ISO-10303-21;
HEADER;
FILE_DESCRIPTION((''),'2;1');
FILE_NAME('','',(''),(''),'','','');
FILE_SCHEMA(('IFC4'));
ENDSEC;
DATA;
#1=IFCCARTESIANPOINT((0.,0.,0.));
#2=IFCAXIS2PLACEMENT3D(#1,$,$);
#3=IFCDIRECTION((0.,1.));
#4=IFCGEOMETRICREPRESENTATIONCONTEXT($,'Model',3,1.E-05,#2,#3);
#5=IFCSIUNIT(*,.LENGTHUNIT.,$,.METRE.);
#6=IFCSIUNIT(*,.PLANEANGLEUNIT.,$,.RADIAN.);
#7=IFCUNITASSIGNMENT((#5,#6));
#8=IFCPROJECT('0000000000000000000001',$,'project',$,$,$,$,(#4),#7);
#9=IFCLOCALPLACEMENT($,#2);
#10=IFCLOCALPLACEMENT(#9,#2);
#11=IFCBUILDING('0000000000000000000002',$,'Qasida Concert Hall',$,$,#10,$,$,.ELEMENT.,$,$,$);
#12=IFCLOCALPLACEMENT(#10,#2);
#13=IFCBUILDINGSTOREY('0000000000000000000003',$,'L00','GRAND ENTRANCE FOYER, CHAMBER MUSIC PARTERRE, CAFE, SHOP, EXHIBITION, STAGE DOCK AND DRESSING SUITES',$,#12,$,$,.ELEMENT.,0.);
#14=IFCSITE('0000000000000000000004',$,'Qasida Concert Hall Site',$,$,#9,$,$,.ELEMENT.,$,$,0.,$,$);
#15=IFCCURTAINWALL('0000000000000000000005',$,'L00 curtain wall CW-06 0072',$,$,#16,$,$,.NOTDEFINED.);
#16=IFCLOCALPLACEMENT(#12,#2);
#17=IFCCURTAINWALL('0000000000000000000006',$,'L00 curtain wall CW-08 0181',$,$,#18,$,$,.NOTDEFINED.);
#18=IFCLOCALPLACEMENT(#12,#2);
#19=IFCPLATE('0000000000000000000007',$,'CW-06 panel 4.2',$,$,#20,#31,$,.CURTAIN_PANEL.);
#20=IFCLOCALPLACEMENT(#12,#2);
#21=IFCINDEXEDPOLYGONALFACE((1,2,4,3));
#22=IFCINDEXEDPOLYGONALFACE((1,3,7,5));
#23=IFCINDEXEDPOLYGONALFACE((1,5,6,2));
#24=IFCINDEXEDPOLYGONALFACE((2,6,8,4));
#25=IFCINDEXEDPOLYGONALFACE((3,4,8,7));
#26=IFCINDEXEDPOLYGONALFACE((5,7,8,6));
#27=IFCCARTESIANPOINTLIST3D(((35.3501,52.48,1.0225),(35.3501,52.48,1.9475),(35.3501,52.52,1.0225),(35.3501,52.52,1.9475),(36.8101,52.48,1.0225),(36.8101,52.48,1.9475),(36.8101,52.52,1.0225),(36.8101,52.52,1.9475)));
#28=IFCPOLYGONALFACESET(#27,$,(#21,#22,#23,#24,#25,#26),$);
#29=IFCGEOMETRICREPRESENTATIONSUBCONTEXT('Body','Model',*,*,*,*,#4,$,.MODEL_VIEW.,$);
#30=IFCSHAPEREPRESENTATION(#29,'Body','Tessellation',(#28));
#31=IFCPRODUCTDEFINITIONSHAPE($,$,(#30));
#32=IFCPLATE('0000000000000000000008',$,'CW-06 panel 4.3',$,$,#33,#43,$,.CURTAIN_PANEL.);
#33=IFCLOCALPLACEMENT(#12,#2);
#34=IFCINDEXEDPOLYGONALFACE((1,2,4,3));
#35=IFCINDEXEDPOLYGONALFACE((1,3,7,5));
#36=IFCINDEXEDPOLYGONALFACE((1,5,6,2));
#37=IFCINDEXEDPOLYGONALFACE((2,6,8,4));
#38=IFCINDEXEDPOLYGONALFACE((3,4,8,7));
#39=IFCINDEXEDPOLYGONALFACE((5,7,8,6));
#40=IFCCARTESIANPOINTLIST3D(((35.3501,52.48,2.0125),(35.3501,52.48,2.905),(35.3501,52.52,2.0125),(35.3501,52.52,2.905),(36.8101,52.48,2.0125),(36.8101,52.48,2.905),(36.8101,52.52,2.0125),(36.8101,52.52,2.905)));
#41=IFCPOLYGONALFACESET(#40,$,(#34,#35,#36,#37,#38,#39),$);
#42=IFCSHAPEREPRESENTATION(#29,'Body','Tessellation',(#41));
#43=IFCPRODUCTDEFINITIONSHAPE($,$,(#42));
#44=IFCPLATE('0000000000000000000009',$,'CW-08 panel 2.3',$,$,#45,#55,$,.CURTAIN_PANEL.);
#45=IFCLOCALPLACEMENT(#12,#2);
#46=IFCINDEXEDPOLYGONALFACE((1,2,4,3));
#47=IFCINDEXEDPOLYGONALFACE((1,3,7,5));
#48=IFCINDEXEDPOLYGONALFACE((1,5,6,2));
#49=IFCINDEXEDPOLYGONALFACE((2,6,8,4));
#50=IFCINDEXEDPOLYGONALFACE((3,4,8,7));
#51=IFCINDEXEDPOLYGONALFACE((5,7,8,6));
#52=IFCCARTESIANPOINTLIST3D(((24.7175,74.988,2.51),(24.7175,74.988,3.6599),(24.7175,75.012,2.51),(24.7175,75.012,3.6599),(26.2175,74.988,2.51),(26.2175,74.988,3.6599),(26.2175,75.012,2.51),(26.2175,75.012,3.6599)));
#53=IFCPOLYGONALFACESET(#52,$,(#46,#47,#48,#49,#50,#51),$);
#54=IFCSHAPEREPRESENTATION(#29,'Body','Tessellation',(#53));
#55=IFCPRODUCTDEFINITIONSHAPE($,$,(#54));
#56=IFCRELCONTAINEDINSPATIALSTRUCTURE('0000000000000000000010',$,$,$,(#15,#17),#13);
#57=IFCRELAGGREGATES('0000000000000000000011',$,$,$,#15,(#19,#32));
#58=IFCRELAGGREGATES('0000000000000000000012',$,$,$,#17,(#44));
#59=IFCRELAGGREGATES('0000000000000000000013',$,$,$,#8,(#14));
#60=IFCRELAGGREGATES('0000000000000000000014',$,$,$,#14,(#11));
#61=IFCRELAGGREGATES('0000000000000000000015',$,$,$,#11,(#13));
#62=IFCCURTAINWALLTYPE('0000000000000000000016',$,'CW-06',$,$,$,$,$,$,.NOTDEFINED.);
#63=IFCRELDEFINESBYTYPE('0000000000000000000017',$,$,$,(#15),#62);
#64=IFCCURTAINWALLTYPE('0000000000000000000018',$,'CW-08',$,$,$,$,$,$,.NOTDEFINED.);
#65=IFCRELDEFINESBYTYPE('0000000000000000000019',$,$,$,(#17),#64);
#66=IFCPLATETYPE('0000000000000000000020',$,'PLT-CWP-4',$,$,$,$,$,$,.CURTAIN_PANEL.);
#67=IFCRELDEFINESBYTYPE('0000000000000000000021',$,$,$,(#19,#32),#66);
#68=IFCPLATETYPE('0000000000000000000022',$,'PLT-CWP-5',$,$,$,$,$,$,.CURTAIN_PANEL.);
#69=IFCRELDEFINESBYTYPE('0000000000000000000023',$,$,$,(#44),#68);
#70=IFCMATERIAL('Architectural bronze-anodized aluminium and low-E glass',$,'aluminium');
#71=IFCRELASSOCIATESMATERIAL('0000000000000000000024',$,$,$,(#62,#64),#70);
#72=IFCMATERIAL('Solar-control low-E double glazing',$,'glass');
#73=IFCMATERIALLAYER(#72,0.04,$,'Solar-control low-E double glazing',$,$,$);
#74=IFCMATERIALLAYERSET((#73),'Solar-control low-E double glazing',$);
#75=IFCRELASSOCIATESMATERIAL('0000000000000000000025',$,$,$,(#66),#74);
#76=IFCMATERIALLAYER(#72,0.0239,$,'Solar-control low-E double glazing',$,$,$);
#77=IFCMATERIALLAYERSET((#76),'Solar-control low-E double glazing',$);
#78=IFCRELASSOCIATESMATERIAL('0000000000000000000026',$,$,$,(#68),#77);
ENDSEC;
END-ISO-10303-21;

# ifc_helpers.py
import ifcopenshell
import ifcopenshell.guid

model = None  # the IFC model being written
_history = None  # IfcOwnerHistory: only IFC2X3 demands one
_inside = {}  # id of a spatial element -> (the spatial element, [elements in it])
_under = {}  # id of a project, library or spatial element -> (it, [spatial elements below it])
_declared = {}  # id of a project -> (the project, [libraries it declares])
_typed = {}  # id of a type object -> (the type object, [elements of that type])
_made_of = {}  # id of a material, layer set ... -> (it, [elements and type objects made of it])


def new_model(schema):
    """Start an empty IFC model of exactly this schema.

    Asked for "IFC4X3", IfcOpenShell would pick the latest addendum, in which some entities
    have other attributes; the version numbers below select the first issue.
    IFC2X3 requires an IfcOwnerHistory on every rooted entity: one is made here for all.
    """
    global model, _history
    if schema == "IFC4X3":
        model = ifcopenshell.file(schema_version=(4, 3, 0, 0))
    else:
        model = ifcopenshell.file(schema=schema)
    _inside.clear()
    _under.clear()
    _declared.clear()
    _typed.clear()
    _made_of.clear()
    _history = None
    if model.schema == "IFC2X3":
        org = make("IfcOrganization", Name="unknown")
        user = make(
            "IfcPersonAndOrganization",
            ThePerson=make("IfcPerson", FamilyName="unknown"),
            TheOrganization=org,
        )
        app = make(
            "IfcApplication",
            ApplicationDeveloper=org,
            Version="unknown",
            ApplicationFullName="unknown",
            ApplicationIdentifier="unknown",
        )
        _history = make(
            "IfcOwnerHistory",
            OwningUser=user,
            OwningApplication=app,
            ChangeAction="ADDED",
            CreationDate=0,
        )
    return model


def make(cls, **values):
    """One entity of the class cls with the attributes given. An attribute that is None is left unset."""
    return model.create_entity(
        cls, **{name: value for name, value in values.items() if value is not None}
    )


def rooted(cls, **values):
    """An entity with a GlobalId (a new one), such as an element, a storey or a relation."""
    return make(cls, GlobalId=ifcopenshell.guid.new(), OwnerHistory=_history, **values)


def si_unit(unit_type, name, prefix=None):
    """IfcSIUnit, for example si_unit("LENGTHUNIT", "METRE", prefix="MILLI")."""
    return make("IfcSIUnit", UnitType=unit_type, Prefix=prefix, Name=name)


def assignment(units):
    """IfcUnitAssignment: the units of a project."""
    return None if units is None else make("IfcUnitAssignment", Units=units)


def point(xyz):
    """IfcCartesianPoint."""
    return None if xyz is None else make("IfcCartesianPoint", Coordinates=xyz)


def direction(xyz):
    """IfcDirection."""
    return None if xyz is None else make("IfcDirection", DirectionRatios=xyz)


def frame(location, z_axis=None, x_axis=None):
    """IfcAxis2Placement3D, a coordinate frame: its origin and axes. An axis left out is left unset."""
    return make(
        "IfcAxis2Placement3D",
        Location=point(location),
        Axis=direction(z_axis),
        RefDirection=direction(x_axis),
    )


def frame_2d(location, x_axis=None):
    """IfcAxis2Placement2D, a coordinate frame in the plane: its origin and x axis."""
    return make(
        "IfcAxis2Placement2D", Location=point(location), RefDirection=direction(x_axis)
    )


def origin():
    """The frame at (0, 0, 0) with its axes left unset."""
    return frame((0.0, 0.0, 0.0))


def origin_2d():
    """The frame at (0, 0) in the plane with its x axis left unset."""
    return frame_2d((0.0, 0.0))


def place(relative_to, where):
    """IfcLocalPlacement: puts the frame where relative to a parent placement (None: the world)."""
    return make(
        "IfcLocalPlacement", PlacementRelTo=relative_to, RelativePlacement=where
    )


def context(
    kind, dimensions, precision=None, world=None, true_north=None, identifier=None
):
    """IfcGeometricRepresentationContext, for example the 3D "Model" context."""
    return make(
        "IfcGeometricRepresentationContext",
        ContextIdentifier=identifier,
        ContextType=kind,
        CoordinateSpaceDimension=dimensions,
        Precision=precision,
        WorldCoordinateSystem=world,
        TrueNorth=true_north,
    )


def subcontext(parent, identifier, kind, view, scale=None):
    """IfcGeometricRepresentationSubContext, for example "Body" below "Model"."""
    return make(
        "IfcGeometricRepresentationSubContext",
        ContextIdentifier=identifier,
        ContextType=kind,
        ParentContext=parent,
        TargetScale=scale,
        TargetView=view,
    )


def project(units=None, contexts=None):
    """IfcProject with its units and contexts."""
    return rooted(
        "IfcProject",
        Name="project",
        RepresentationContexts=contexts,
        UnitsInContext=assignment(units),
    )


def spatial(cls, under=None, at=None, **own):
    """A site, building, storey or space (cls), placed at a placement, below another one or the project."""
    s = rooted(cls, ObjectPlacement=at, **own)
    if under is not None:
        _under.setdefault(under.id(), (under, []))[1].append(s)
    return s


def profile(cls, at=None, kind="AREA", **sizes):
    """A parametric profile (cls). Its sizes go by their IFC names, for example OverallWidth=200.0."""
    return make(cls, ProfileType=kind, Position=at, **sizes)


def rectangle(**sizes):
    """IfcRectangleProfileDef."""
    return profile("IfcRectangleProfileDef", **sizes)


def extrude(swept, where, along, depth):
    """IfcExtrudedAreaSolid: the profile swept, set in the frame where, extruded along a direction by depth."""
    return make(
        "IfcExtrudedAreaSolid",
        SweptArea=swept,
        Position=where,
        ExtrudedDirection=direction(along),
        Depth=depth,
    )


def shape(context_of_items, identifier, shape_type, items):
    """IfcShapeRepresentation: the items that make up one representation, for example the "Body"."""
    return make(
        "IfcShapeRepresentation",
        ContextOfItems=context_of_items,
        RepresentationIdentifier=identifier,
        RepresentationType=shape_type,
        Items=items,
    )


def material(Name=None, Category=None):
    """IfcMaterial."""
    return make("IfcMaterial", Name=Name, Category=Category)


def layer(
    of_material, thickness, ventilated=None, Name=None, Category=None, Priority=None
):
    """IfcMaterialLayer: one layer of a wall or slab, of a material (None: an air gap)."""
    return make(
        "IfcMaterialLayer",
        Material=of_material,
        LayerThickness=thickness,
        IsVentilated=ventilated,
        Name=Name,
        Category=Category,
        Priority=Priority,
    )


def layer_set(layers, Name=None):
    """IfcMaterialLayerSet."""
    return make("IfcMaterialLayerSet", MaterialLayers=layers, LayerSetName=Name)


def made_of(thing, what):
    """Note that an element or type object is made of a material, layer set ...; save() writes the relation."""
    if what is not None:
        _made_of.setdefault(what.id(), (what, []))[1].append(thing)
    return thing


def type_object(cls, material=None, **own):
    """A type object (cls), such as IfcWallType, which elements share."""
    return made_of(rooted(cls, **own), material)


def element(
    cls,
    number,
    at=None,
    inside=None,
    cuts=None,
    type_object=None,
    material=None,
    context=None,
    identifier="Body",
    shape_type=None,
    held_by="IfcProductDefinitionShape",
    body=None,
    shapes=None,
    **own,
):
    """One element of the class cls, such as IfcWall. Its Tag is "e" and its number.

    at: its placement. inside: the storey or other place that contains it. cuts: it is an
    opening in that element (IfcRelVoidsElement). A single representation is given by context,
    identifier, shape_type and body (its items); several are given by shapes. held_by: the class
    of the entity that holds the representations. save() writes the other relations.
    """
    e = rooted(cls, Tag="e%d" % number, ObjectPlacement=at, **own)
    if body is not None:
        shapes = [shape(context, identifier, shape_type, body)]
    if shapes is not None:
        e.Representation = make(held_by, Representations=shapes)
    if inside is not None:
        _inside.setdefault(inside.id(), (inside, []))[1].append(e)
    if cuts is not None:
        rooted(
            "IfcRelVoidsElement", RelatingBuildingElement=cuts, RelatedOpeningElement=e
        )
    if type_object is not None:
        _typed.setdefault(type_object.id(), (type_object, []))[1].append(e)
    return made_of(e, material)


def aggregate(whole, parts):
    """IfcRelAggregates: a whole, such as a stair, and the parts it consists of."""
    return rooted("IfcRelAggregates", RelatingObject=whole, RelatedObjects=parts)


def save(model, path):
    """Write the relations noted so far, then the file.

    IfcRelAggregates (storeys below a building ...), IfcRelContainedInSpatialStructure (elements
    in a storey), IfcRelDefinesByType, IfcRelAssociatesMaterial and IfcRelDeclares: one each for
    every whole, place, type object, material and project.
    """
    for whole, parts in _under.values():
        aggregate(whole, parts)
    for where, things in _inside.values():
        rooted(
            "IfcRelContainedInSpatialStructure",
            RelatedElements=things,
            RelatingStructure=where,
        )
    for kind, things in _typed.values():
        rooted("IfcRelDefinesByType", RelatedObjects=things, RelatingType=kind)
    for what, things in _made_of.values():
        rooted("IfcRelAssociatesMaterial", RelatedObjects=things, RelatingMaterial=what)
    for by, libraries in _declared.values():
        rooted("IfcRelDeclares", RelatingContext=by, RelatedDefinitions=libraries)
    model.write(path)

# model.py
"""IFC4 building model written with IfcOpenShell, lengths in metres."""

from ifc_helpers import new_model, si_unit, direction, frame, origin, origin_2d, place, context, subcontext, project, spatial, rectangle, extrude, material, layer, layer_set, type_object, element, aggregate, save


model = new_model("IFC4")

# Units and contexts
model_context = context("Model", 3, precision=1e-05, world=origin(), true_north=direction((0.0, 1.0)))
body_context = subcontext(model_context, "Body", "Model", "MODEL_VIEW")
ifc_project = project(units=[si_unit("LENGTHUNIT", "METRE"), si_unit("PLANEANGLEUNIT", "RADIAN")], contexts=[model_context])

# Site, building, storey
site_placement = place(None, origin())
site = spatial("IfcSite", under=ifc_project, at=site_placement, Name="Qasida Concert Hall Site", CompositionType="ELEMENT", RefElevation=0.0)
building_placement = place(site_placement, origin())
building = spatial("IfcBuilding", under=site, at=building_placement, Name="Qasida Concert Hall", CompositionType="ELEMENT")
storey_placement = place(building_placement, origin())
storey = spatial("IfcBuildingStorey", under=building, at=storey_placement, Name="L00", Description="GRAND ENTRANCE FOYER, CHAMBER MUSIC PARTERRE, CAFE, SHOP, EXHIBITION, STAGE DOCK AND DRESSING SUITES", CompositionType="ELEMENT", Elevation=0.0)

# Curtain wall
ifc_material_1 = material(Name="Architectural bronze-anodized aluminium and low-E glass", Category="aluminium")
curtain_wall_type_1 = type_object("IfcCurtainWallType", Name="CW-06", PredefinedType="NOTDEFINED", material=ifc_material_1)
curtain_wall_1_placement = place(storey_placement, origin())
curtain_wall_1 = element("IfcCurtainWall", 1, at=curtain_wall_1_placement, inside=storey, type_object=curtain_wall_type_1, Name="L00 curtain wall CW-06 0072", PredefinedType="NOTDEFINED")

# Curtain wall
curtain_wall_type_2 = type_object("IfcCurtainWallType", Name="CW-08", PredefinedType="NOTDEFINED", material=ifc_material_1)
curtain_wall_2_placement = place(storey_placement, origin())
curtain_wall_2 = element("IfcCurtainWall", 2, at=curtain_wall_2_placement, inside=storey, type_object=curtain_wall_type_2, Name="L00 curtain wall CW-08 0181", PredefinedType="NOTDEFINED")

# Plates
ifc_material_2 = material(Name="Solar-control low-E double glazing", Category="glass")
ifc_layer_1 = layer(ifc_material_2, 0.04, Name="Solar-control low-E double glazing")
ifc_layer_set_1 = layer_set([ifc_layer_1], Name="Solar-control low-E double glazing")
plate_type_1 = type_object("IfcPlateType", Name="PLT-CWP-4", PredefinedType="CURTAIN_PANEL", material=ifc_layer_set_1)
plate_1_placement = place(storey_placement, frame((36.0801, 52.5, 1.0225), z_axis=(0.0, 0.0, 1.0), x_axis=(1.0, 0.0, 0.0)))
plate_1 = element("IfcPlate", 3, at=plate_1_placement, type_object=plate_type_1, Name="CW-06 panel 4.2", PredefinedType="CURTAIN_PANEL", context=body_context, shape_type="SweptSolid", body=[
    extrude(rectangle(XDim=1.46, YDim=0.04, at=origin_2d()), origin(), (0.0, 0.0, 1.0), 0.925),
])
plate_2_placement = place(storey_placement, frame((36.0801, 52.5, 2.0125), z_axis=(0.0, 0.0, 1.0), x_axis=(1.0, 0.0, 0.0)))
plate_2 = element("IfcPlate", 4, at=plate_2_placement, type_object=plate_type_1, Name="CW-06 panel 4.3", PredefinedType="CURTAIN_PANEL", context=body_context, shape_type="SweptSolid", body=[
    extrude(rectangle(XDim=1.46, YDim=0.04, at=origin_2d()), origin(), (0.0, 0.0, 1.0), 0.8926),
])
aggregate(curtain_wall_1, [plate_1, plate_2])
ifc_layer_2 = layer(ifc_material_2, 0.0239, Name="Solar-control low-E double glazing")
ifc_layer_set_2 = layer_set([ifc_layer_2], Name="Solar-control low-E double glazing")
plate_type_2 = type_object("IfcPlateType", Name="PLT-CWP-5", PredefinedType="CURTAIN_PANEL", material=ifc_layer_set_2)
plate_3_placement = place(storey_placement, frame((25.4675, 75.0, 2.51), z_axis=(0.0, 0.0, 1.0), x_axis=(1.0, 0.0, 0.0)))
plate_3 = element("IfcPlate", 5, at=plate_3_placement, type_object=plate_type_2, Name="CW-08 panel 2.3", PredefinedType="CURTAIN_PANEL", context=body_context, shape_type="SweptSolid", body=[
    extrude(rectangle(XDim=1.5, YDim=0.0239, at=origin_2d()), origin(), (0.0, 0.0, 1.0), 1.1499),
])
aggregate(curtain_wall_2, [plate_3])

save(model, "model.ifc")
